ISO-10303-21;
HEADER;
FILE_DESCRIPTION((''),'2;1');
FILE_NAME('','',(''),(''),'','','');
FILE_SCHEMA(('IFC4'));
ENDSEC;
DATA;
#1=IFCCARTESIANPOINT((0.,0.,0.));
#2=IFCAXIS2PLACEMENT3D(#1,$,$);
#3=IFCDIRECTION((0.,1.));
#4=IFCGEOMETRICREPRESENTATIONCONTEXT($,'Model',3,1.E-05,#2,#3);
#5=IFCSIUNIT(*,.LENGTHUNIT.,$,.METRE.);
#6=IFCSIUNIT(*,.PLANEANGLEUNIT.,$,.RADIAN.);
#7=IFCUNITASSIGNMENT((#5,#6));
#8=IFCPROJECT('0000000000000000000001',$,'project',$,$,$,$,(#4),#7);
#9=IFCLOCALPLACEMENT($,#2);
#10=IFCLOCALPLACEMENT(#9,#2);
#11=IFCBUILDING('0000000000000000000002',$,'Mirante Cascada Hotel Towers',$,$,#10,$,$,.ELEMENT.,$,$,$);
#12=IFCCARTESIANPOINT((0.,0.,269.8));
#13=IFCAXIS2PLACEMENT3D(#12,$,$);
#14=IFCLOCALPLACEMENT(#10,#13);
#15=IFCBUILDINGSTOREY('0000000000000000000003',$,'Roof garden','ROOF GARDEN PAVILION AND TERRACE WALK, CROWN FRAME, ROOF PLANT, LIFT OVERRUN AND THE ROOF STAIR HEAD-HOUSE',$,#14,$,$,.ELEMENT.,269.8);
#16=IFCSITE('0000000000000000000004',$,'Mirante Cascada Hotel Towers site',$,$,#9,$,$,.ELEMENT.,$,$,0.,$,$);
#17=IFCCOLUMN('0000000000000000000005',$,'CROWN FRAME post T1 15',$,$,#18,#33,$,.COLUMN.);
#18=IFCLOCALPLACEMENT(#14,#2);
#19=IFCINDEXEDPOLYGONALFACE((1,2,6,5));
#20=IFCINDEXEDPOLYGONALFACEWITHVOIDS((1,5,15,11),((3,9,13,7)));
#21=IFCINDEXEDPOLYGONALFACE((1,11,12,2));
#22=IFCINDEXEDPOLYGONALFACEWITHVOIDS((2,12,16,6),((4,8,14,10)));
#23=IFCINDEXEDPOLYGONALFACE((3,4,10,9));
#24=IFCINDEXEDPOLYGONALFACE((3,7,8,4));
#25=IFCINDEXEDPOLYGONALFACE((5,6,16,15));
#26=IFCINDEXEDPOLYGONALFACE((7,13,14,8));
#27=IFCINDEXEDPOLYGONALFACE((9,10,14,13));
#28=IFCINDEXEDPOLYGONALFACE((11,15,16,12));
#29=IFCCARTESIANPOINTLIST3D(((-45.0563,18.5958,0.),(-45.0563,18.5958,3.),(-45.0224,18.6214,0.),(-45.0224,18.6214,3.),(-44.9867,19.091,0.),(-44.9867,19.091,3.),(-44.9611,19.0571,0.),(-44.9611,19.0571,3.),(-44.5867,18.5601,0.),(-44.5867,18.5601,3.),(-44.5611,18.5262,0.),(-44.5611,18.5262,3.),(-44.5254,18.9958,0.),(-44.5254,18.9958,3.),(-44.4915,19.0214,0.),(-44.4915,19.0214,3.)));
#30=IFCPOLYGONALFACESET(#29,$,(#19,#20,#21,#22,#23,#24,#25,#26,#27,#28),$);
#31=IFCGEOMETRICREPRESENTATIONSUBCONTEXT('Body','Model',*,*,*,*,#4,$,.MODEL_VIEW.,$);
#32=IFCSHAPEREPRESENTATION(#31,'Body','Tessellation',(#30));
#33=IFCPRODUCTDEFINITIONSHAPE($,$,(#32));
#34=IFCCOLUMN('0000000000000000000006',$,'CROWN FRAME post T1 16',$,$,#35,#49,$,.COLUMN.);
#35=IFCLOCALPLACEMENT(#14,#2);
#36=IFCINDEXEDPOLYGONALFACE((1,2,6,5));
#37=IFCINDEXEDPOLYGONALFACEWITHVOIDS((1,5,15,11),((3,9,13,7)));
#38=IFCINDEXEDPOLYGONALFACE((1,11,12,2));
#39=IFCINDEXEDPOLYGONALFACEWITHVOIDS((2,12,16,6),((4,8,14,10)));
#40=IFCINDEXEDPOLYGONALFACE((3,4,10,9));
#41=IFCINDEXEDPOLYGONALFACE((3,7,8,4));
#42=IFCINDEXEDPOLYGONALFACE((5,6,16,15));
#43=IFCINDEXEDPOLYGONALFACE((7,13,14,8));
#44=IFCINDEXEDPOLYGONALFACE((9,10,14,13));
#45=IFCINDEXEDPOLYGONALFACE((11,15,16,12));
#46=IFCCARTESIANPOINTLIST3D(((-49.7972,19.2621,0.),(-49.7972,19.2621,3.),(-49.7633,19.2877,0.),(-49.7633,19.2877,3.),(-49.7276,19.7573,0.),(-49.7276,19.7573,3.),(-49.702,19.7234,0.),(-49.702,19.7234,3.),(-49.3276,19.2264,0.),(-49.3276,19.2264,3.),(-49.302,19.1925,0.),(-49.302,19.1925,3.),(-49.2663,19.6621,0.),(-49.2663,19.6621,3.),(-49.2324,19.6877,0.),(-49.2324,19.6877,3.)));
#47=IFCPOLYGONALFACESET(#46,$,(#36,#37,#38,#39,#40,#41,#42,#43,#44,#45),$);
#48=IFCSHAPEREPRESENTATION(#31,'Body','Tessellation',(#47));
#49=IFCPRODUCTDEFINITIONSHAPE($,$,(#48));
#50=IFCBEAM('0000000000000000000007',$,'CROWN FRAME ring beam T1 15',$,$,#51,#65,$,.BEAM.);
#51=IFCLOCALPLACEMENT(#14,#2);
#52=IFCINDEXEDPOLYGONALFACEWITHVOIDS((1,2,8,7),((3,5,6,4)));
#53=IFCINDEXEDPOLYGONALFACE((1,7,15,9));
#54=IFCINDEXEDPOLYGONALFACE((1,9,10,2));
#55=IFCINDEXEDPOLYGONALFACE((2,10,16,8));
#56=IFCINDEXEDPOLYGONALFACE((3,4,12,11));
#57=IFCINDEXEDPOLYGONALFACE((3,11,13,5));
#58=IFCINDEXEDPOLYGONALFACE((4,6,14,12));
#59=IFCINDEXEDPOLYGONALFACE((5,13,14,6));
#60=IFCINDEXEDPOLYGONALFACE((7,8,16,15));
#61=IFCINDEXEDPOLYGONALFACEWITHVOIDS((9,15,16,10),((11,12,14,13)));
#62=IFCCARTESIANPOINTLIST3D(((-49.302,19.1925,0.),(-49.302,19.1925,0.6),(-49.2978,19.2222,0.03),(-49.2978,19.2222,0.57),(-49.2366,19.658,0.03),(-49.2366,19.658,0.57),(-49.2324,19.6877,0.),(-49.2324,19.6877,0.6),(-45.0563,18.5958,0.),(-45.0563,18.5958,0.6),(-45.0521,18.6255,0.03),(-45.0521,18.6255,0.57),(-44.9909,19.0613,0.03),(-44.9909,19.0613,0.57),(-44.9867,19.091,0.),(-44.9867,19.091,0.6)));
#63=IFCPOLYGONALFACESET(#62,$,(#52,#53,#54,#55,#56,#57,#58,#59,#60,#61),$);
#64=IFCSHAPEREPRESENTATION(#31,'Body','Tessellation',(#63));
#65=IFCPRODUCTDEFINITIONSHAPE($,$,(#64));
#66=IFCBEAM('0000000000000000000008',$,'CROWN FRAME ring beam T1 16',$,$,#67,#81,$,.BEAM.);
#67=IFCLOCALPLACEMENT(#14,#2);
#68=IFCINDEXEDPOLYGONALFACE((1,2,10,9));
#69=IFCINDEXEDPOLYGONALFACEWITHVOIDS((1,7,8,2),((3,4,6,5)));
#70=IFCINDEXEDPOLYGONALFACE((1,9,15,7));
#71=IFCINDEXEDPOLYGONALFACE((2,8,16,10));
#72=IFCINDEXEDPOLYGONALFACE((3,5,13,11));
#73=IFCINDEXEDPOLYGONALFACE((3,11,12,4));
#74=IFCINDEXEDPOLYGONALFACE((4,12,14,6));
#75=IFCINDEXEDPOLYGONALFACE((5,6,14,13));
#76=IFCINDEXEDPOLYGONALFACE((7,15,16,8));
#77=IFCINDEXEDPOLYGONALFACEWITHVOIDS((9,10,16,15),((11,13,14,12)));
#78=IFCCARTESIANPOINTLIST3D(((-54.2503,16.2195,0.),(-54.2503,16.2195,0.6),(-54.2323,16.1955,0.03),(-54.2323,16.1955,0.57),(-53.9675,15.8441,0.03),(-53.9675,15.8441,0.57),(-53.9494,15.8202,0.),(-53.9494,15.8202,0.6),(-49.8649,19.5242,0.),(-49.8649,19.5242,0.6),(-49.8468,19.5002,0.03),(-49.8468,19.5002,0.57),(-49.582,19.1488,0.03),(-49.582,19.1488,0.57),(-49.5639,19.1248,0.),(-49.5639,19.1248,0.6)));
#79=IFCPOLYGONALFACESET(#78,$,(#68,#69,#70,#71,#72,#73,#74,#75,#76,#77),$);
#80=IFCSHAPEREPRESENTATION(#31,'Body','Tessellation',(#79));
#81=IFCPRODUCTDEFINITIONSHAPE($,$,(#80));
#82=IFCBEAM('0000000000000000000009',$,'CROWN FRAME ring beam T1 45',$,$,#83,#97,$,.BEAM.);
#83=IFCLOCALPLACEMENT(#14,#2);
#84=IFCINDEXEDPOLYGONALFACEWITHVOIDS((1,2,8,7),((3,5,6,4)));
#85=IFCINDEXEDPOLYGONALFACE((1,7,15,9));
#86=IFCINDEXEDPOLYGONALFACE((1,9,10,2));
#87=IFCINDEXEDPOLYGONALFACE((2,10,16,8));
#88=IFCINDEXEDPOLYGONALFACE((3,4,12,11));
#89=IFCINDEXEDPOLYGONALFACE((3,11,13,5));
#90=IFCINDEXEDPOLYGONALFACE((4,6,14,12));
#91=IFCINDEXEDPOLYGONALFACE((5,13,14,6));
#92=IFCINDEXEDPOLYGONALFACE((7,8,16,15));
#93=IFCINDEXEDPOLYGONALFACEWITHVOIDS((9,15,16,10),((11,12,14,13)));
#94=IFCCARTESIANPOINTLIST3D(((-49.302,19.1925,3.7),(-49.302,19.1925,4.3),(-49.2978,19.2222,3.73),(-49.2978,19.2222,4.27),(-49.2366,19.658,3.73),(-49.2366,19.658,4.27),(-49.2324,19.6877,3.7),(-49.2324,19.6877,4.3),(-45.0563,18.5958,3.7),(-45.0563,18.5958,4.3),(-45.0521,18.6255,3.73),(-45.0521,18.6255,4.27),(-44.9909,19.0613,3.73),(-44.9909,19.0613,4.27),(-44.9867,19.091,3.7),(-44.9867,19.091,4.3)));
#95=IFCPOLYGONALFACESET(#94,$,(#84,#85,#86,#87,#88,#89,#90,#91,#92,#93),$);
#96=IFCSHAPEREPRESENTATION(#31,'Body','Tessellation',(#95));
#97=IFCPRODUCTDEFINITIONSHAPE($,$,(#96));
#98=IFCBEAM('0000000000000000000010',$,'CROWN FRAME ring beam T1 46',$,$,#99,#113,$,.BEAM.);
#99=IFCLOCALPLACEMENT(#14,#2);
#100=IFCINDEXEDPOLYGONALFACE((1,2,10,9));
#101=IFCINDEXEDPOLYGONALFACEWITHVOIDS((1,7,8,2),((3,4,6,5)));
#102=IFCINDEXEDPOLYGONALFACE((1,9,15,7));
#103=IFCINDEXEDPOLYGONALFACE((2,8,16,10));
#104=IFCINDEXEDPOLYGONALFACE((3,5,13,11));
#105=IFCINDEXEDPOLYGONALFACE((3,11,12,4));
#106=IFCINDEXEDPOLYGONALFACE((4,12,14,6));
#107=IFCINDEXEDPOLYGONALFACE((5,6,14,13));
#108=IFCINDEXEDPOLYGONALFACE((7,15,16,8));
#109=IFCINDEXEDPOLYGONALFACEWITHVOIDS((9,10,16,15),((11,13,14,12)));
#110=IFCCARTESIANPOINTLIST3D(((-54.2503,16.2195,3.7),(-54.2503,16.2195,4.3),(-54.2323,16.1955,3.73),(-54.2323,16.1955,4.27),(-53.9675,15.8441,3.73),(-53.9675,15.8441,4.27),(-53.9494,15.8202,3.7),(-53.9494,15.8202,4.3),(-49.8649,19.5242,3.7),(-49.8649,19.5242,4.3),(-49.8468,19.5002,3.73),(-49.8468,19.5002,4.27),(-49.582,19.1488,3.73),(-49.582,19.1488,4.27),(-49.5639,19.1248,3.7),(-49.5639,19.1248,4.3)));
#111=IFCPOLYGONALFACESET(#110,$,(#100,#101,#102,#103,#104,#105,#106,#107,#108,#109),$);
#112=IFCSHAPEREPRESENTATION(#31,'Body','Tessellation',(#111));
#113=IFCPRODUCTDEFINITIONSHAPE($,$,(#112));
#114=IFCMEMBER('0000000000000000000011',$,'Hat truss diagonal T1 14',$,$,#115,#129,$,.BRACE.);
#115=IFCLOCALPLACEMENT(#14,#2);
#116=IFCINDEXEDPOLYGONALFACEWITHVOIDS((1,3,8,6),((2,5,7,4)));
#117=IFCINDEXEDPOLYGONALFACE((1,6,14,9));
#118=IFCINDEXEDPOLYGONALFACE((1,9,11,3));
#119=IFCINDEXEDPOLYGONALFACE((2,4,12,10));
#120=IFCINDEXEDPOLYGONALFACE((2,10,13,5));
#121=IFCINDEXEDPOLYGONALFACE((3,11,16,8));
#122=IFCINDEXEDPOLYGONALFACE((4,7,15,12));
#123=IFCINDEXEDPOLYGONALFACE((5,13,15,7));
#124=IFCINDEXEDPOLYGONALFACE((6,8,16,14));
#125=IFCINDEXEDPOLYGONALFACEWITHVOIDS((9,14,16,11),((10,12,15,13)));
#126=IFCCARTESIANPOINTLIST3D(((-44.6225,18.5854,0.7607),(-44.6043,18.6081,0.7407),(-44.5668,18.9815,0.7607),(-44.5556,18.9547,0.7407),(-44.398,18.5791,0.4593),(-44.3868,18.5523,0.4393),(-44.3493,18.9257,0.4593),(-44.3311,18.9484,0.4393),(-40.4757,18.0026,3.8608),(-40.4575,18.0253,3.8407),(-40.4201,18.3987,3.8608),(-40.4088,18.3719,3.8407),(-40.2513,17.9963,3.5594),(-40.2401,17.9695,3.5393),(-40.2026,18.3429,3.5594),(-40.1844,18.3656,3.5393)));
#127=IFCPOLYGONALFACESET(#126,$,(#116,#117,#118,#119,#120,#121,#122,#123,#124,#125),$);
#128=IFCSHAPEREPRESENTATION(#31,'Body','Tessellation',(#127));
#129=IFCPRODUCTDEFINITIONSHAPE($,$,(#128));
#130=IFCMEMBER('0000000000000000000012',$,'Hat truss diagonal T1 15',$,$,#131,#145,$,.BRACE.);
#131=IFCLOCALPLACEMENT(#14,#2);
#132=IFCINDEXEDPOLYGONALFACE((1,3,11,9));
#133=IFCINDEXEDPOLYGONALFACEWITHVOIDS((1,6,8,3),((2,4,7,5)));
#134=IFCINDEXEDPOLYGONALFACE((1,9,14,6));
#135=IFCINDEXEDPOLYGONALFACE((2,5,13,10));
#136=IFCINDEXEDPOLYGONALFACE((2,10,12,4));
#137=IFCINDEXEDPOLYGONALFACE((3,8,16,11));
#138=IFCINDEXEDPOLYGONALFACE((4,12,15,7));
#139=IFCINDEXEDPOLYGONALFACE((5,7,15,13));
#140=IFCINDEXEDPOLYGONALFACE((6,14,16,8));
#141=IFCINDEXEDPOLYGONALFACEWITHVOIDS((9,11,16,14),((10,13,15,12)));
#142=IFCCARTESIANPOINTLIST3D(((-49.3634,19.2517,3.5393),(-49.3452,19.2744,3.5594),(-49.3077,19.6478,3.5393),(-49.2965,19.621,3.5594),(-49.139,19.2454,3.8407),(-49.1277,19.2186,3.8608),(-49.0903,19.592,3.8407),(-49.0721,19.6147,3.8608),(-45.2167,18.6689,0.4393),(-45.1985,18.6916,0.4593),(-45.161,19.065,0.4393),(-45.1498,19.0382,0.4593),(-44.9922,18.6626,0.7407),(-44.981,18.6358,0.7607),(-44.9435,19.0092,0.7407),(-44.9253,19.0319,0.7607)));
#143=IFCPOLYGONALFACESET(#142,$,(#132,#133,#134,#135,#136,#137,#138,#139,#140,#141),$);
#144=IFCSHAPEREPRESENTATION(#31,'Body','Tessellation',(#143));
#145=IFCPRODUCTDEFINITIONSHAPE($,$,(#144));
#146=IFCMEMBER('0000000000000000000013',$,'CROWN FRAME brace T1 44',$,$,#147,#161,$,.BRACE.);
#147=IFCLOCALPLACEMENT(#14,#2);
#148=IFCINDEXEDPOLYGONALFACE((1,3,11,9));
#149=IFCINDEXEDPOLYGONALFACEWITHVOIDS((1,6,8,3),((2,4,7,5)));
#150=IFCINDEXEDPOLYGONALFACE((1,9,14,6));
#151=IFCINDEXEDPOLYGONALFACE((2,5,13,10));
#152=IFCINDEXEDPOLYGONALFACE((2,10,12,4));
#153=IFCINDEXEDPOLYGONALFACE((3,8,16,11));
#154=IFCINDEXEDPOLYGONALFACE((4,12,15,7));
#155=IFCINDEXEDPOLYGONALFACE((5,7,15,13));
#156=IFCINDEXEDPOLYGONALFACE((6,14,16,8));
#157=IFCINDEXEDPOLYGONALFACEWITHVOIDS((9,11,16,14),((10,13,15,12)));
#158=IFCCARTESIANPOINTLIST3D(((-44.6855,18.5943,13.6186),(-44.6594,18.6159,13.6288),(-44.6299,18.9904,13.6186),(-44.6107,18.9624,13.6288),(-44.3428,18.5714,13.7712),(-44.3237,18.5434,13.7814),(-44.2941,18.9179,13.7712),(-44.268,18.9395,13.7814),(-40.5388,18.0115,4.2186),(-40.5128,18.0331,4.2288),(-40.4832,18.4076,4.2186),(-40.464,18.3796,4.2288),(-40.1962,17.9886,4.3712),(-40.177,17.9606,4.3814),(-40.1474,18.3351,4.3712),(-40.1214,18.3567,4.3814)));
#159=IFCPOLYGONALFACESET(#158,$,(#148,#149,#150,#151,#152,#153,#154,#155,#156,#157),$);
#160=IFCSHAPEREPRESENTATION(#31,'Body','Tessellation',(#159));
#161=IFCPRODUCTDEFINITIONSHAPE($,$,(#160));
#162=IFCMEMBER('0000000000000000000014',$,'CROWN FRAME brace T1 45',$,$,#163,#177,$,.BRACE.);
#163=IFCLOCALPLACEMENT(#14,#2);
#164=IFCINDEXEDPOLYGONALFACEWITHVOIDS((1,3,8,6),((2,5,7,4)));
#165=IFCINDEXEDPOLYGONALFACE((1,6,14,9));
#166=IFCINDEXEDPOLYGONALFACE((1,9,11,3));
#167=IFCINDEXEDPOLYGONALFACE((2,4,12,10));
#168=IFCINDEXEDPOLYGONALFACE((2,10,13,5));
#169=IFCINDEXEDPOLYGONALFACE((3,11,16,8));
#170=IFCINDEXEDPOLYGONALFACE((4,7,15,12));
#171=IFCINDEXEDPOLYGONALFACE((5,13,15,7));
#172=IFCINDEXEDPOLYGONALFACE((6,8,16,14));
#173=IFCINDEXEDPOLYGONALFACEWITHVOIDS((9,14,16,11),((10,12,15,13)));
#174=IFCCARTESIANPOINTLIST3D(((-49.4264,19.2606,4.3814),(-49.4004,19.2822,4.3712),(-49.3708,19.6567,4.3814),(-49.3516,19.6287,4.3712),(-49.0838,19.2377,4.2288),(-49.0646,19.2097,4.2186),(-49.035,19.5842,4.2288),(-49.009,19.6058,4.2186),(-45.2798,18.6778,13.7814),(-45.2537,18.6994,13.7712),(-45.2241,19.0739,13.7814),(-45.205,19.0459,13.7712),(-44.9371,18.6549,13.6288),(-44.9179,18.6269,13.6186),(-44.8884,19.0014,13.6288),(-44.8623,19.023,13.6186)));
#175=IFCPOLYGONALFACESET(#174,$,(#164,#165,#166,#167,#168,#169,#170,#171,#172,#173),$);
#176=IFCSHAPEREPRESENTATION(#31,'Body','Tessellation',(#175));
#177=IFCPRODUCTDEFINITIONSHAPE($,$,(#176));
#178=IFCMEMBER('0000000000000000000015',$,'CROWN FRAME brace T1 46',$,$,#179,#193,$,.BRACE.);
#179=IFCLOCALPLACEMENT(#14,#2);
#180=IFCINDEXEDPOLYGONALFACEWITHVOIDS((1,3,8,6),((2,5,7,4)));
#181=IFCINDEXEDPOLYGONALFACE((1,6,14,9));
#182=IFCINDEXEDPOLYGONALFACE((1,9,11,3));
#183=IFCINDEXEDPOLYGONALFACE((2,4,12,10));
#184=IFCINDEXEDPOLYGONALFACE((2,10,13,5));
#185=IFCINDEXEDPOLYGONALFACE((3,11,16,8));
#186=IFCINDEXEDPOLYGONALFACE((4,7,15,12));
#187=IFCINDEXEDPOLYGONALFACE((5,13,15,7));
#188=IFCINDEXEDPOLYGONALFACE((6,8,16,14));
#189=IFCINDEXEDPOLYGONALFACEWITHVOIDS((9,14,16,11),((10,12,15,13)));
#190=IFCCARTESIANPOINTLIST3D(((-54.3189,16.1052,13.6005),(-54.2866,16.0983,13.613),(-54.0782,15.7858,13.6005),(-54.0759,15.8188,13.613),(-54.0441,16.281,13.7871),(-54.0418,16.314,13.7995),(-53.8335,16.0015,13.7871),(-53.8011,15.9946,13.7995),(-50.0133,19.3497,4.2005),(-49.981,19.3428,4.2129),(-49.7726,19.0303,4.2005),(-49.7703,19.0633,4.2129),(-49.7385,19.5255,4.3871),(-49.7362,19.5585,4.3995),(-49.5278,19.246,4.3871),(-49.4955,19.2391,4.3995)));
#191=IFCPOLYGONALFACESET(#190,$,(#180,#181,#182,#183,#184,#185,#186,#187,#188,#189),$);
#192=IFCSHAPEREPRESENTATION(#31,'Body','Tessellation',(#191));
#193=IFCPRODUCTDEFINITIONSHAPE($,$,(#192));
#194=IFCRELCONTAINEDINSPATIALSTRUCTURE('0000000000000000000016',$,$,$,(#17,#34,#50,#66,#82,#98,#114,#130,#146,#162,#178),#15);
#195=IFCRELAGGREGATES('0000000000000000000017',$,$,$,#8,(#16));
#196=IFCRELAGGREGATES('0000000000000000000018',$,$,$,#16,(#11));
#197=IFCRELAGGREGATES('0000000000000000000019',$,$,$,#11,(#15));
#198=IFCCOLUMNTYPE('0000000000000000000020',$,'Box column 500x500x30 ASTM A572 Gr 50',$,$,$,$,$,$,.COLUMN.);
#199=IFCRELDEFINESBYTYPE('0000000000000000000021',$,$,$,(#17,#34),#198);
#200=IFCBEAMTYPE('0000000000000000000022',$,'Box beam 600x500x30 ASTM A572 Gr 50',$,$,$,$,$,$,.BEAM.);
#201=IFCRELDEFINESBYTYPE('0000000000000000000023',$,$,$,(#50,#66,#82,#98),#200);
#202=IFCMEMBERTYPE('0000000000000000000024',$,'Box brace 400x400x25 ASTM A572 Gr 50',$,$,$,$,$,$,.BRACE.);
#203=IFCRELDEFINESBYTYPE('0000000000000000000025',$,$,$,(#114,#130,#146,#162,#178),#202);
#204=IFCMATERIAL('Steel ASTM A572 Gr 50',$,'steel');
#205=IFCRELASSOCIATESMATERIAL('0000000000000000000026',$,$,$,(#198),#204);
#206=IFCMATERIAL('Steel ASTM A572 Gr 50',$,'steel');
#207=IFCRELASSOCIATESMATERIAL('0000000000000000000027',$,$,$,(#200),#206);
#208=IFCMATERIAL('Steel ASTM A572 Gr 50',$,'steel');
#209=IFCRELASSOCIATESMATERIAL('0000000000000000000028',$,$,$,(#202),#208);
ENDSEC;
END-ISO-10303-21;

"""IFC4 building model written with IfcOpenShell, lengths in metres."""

from ifc_helpers import new_model, si_unit, direction, frame, origin, origin_2d, place, context, subcontext, project, spatial, hollow_rectangle, extrude, material, material_profile, profile_set, type_object, element, save


model = new_model("IFC4")

# Units and contexts
model_context = context("Model", 3, precision=1e-05, world=origin(), true_north=direction((0.0, 1.0)))
body_context = subcontext(model_context, "Body", "Model", "MODEL_VIEW")
ifc_project = project(units=[si_unit("LENGTHUNIT", "METRE"), si_unit("PLANEANGLEUNIT", "RADIAN")], contexts=[model_context])

# Site, building, storey
site_placement = place(None, origin())
site = spatial("IfcSite", under=ifc_project, at=site_placement, Name="Mirante Cascada Hotel Towers site", CompositionType="ELEMENT", RefElevation=0.0)
building_placement = place(site_placement, origin())
building = spatial("IfcBuilding", under=site, at=building_placement, Name="Mirante Cascada Hotel Towers", CompositionType="ELEMENT")
storey_placement = place(building_placement, frame((0.0, 0.0, 269.8)))
storey = spatial("IfcBuildingStorey", under=building, at=storey_placement, Name="Roof garden", Description="ROOF GARDEN PAVILION AND TERRACE WALK, CROWN FRAME, ROOF PLANT, LIFT OVERRUN AND THE ROOF STAIR HEAD-HOUSE", CompositionType="ELEMENT", Elevation=269.8)

# Columns
ifc_material_1 = material(Name="Steel ASTM A572 Gr 50", Category="steel")
ifc_material_profile_1 = material_profile(ifc_material_1, hollow_rectangle(XDim=0.5, YDim=0.5, WallThickness=0.03, at=origin_2d()), Name="Box column 500x500x30 ASTM A572 Gr 50")
ifc_profile_set_1 = profile_set([ifc_material_profile_1], Name="Steel ASTM A572 Gr 50")
column_type = type_object("IfcColumnType", Name="Box column 500x500x30 ASTM A572 Gr 50", PredefinedType="COLUMN", material=ifc_profile_set_1)
for number, where, z_axis, x_axis, name in (
    (1, (-44.7739, 18.8086, 0.0), (0.0, 0.0, 1.0), (-0.990268, 0.139173, 0.0), "CROWN FRAME post T1 15"),
    (2, (-49.5148, 19.4749, 0.0), (0.0, 0.0, 1.0), (-0.990268, 0.139173, 0.0), "CROWN FRAME post T1 16"),
):
    element("IfcColumn", number, at=place(storey_placement, frame(where, z_axis=z_axis, x_axis=x_axis)), inside=storey, type_object=column_type, Name=name, PredefinedType="COLUMN", context=body_context, shape_type="SweptSolid", body=[
        extrude(hollow_rectangle(XDim=0.5, YDim=0.5, WallThickness=0.03, at=origin_2d()), origin(), (0.0, 0.0, 1.0), 3.0),
    ])

# Beams
ifc_material_2 = material(Name="Steel ASTM A572 Gr 50", Category="steel")
ifc_material_profile_2 = material_profile(ifc_material_2, hollow_rectangle(XDim=0.5, YDim=0.6, WallThickness=0.03, at=origin_2d()), Name="Box beam 600x500x30 ASTM A572 Gr 50")
ifc_profile_set_2 = profile_set([ifc_material_profile_2], Name="Steel ASTM A572 Gr 50")
beam_type = type_object("IfcBeamType", Name="Box beam 600x500x30 ASTM A572 Gr 50", PredefinedType="BEAM", material=ifc_profile_set_2)
beam_1_placement = place(storey_placement, frame((-45.0215, 18.8434, 0.3), z_axis=(-0.990268, 0.139174, 0.0), x_axis=(-0.139174, -0.990268, 0.0)))
element("IfcBeam", 3, at=beam_1_placement, inside=storey, type_object=beam_type, Name="CROWN FRAME ring beam T1 15", PredefinedType="BEAM", context=body_context, shape_type="SweptSolid", body=[
    extrude(hollow_rectangle(XDim=0.5, YDim=0.6, WallThickness=0.03, at=origin_2d()), origin(), (0.0, 0.0, 1.0), 4.2874),
])
beam_2_placement = place(storey_placement, frame((-49.7144, 19.3245, 0.3), z_axis=(-0.798636, -0.601814, 0.0), x_axis=(0.601814, -0.798636, 0.0)))
element("IfcBeam", 4, at=beam_2_placement, inside=storey, type_object=beam_type, Name="CROWN FRAME ring beam T1 16", PredefinedType="BEAM", context=body_context, shape_type="SweptSolid", body=[
    extrude(hollow_rectangle(XDim=0.5, YDim=0.6, WallThickness=0.03, at=origin_2d()), origin(), (0.0, 0.0, 1.0), 5.4912),
])
beam_3_placement = place(storey_placement, frame((-45.0215, 18.8434, 4.0), z_axis=(-0.990268, 0.139174, 0.0), x_axis=(-0.139174, -0.990268, 0.0)))
element("IfcBeam", 5, at=beam_3_placement, inside=storey, type_object=beam_type, Name="CROWN FRAME ring beam T1 45", PredefinedType="BEAM", context=body_context, shape_type="SweptSolid", body=[
    extrude(hollow_rectangle(XDim=0.5, YDim=0.6, WallThickness=0.03, at=origin_2d()), origin(), (0.0, 0.0, 1.0), 4.2874),
])
beam_4_placement = place(storey_placement, frame((-49.7144, 19.3245, 4.0), z_axis=(-0.798636, -0.601814, 0.0), x_axis=(0.601814, -0.798636, 0.0)))
element("IfcBeam", 6, at=beam_4_placement, inside=storey, type_object=beam_type, Name="CROWN FRAME ring beam T1 46", PredefinedType="BEAM", context=body_context, shape_type="SweptSolid", body=[
    extrude(hollow_rectangle(XDim=0.5, YDim=0.6, WallThickness=0.03, at=origin_2d()), origin(), (0.0, 0.0, 1.0), 5.4912),
])

# Members
ifc_material_3 = material(Name="Steel ASTM A572 Gr 50", Category="steel")
ifc_material_profile_3 = material_profile(ifc_material_3, hollow_rectangle(XDim=0.4, YDim=0.4, WallThickness=0.025, at=origin_2d()), Name="Box brace 400x400x25 ASTM A572 Gr 50")
ifc_profile_set_3 = profile_set([ifc_material_profile_3], Name="Steel ASTM A572 Gr 50")
member_type = type_object("IfcMemberType", Name="Box brace 400x400x25 ASTM A572 Gr 50", PredefinedType="BRACE", material=ifc_profile_set_3)
for number, where, z_axis, x_axis, name in (
    (7, (-44.4768, 18.7669, 0.6), (0.795902, -0.11186, 0.595002), (0.139178, 0.990267, 0.0), "Hat truss diagonal T1 14"),
    (8, (-45.071, 18.8504, 0.6), (-0.795902, 0.11186, 0.595002), (-0.139178, -0.990267, 0.0), "Hat truss diagonal T1 15"),
):
    element("IfcMember", number, at=place(storey_placement, frame(where, z_axis=z_axis, x_axis=x_axis)), inside=storey, type_object=member_type, Name=name, PredefinedType="BRACE", context=body_context, shape_type="SweptSolid", body=[
        extrude(hollow_rectangle(XDim=0.4, YDim=0.4, WallThickness=0.025, at=origin_2d()), origin(), (0.0, 0.0, 1.0), 5.2101),
    ])
for number, where, z_axis, x_axis, name in (
    (9, (-40.3301, 18.1841, 4.3), (-0.402963, 0.056635, 0.913462), (-0.139178, -0.990267, 0.0), "CROWN FRAME brace T1 44"),
    (10, (-49.2177, 19.4332, 4.3), (0.402963, -0.056635, 0.913462), (0.139178, 0.990267, 0.0), "CROWN FRAME brace T1 45"),
):
    element("IfcMember", number, at=place(storey_placement, frame(where, z_axis=z_axis, x_axis=x_axis)), inside=storey, type_object=member_type, Name=name, PredefinedType="BRACE", context=body_context, shape_type="SweptSolid", body=[
        extrude(hollow_rectangle(XDim=0.4, YDim=0.4, WallThickness=0.025, at=origin_2d()), origin(), (0.0, 0.0, 1.0), 10.2905),
    ])
member_placement = place(storey_placement, frame((-49.7544, 19.2944, 4.3), z_axis=(-0.397332, -0.299411, 0.867456), x_axis=(0.601815, -0.798636, 0.0)))
element("IfcMember", 11, at=member_placement, inside=storey, type_object=member_type, Name="CROWN FRAME brace T1 46", PredefinedType="BRACE", context=body_context, shape_type="SweptSolid", body=[
    extrude(hollow_rectangle(XDim=0.4, YDim=0.4, WallThickness=0.025, at=origin_2d()), origin(), (0.0, 0.0, 1.0), 10.8363),
])

save(model, "model.ifc")
